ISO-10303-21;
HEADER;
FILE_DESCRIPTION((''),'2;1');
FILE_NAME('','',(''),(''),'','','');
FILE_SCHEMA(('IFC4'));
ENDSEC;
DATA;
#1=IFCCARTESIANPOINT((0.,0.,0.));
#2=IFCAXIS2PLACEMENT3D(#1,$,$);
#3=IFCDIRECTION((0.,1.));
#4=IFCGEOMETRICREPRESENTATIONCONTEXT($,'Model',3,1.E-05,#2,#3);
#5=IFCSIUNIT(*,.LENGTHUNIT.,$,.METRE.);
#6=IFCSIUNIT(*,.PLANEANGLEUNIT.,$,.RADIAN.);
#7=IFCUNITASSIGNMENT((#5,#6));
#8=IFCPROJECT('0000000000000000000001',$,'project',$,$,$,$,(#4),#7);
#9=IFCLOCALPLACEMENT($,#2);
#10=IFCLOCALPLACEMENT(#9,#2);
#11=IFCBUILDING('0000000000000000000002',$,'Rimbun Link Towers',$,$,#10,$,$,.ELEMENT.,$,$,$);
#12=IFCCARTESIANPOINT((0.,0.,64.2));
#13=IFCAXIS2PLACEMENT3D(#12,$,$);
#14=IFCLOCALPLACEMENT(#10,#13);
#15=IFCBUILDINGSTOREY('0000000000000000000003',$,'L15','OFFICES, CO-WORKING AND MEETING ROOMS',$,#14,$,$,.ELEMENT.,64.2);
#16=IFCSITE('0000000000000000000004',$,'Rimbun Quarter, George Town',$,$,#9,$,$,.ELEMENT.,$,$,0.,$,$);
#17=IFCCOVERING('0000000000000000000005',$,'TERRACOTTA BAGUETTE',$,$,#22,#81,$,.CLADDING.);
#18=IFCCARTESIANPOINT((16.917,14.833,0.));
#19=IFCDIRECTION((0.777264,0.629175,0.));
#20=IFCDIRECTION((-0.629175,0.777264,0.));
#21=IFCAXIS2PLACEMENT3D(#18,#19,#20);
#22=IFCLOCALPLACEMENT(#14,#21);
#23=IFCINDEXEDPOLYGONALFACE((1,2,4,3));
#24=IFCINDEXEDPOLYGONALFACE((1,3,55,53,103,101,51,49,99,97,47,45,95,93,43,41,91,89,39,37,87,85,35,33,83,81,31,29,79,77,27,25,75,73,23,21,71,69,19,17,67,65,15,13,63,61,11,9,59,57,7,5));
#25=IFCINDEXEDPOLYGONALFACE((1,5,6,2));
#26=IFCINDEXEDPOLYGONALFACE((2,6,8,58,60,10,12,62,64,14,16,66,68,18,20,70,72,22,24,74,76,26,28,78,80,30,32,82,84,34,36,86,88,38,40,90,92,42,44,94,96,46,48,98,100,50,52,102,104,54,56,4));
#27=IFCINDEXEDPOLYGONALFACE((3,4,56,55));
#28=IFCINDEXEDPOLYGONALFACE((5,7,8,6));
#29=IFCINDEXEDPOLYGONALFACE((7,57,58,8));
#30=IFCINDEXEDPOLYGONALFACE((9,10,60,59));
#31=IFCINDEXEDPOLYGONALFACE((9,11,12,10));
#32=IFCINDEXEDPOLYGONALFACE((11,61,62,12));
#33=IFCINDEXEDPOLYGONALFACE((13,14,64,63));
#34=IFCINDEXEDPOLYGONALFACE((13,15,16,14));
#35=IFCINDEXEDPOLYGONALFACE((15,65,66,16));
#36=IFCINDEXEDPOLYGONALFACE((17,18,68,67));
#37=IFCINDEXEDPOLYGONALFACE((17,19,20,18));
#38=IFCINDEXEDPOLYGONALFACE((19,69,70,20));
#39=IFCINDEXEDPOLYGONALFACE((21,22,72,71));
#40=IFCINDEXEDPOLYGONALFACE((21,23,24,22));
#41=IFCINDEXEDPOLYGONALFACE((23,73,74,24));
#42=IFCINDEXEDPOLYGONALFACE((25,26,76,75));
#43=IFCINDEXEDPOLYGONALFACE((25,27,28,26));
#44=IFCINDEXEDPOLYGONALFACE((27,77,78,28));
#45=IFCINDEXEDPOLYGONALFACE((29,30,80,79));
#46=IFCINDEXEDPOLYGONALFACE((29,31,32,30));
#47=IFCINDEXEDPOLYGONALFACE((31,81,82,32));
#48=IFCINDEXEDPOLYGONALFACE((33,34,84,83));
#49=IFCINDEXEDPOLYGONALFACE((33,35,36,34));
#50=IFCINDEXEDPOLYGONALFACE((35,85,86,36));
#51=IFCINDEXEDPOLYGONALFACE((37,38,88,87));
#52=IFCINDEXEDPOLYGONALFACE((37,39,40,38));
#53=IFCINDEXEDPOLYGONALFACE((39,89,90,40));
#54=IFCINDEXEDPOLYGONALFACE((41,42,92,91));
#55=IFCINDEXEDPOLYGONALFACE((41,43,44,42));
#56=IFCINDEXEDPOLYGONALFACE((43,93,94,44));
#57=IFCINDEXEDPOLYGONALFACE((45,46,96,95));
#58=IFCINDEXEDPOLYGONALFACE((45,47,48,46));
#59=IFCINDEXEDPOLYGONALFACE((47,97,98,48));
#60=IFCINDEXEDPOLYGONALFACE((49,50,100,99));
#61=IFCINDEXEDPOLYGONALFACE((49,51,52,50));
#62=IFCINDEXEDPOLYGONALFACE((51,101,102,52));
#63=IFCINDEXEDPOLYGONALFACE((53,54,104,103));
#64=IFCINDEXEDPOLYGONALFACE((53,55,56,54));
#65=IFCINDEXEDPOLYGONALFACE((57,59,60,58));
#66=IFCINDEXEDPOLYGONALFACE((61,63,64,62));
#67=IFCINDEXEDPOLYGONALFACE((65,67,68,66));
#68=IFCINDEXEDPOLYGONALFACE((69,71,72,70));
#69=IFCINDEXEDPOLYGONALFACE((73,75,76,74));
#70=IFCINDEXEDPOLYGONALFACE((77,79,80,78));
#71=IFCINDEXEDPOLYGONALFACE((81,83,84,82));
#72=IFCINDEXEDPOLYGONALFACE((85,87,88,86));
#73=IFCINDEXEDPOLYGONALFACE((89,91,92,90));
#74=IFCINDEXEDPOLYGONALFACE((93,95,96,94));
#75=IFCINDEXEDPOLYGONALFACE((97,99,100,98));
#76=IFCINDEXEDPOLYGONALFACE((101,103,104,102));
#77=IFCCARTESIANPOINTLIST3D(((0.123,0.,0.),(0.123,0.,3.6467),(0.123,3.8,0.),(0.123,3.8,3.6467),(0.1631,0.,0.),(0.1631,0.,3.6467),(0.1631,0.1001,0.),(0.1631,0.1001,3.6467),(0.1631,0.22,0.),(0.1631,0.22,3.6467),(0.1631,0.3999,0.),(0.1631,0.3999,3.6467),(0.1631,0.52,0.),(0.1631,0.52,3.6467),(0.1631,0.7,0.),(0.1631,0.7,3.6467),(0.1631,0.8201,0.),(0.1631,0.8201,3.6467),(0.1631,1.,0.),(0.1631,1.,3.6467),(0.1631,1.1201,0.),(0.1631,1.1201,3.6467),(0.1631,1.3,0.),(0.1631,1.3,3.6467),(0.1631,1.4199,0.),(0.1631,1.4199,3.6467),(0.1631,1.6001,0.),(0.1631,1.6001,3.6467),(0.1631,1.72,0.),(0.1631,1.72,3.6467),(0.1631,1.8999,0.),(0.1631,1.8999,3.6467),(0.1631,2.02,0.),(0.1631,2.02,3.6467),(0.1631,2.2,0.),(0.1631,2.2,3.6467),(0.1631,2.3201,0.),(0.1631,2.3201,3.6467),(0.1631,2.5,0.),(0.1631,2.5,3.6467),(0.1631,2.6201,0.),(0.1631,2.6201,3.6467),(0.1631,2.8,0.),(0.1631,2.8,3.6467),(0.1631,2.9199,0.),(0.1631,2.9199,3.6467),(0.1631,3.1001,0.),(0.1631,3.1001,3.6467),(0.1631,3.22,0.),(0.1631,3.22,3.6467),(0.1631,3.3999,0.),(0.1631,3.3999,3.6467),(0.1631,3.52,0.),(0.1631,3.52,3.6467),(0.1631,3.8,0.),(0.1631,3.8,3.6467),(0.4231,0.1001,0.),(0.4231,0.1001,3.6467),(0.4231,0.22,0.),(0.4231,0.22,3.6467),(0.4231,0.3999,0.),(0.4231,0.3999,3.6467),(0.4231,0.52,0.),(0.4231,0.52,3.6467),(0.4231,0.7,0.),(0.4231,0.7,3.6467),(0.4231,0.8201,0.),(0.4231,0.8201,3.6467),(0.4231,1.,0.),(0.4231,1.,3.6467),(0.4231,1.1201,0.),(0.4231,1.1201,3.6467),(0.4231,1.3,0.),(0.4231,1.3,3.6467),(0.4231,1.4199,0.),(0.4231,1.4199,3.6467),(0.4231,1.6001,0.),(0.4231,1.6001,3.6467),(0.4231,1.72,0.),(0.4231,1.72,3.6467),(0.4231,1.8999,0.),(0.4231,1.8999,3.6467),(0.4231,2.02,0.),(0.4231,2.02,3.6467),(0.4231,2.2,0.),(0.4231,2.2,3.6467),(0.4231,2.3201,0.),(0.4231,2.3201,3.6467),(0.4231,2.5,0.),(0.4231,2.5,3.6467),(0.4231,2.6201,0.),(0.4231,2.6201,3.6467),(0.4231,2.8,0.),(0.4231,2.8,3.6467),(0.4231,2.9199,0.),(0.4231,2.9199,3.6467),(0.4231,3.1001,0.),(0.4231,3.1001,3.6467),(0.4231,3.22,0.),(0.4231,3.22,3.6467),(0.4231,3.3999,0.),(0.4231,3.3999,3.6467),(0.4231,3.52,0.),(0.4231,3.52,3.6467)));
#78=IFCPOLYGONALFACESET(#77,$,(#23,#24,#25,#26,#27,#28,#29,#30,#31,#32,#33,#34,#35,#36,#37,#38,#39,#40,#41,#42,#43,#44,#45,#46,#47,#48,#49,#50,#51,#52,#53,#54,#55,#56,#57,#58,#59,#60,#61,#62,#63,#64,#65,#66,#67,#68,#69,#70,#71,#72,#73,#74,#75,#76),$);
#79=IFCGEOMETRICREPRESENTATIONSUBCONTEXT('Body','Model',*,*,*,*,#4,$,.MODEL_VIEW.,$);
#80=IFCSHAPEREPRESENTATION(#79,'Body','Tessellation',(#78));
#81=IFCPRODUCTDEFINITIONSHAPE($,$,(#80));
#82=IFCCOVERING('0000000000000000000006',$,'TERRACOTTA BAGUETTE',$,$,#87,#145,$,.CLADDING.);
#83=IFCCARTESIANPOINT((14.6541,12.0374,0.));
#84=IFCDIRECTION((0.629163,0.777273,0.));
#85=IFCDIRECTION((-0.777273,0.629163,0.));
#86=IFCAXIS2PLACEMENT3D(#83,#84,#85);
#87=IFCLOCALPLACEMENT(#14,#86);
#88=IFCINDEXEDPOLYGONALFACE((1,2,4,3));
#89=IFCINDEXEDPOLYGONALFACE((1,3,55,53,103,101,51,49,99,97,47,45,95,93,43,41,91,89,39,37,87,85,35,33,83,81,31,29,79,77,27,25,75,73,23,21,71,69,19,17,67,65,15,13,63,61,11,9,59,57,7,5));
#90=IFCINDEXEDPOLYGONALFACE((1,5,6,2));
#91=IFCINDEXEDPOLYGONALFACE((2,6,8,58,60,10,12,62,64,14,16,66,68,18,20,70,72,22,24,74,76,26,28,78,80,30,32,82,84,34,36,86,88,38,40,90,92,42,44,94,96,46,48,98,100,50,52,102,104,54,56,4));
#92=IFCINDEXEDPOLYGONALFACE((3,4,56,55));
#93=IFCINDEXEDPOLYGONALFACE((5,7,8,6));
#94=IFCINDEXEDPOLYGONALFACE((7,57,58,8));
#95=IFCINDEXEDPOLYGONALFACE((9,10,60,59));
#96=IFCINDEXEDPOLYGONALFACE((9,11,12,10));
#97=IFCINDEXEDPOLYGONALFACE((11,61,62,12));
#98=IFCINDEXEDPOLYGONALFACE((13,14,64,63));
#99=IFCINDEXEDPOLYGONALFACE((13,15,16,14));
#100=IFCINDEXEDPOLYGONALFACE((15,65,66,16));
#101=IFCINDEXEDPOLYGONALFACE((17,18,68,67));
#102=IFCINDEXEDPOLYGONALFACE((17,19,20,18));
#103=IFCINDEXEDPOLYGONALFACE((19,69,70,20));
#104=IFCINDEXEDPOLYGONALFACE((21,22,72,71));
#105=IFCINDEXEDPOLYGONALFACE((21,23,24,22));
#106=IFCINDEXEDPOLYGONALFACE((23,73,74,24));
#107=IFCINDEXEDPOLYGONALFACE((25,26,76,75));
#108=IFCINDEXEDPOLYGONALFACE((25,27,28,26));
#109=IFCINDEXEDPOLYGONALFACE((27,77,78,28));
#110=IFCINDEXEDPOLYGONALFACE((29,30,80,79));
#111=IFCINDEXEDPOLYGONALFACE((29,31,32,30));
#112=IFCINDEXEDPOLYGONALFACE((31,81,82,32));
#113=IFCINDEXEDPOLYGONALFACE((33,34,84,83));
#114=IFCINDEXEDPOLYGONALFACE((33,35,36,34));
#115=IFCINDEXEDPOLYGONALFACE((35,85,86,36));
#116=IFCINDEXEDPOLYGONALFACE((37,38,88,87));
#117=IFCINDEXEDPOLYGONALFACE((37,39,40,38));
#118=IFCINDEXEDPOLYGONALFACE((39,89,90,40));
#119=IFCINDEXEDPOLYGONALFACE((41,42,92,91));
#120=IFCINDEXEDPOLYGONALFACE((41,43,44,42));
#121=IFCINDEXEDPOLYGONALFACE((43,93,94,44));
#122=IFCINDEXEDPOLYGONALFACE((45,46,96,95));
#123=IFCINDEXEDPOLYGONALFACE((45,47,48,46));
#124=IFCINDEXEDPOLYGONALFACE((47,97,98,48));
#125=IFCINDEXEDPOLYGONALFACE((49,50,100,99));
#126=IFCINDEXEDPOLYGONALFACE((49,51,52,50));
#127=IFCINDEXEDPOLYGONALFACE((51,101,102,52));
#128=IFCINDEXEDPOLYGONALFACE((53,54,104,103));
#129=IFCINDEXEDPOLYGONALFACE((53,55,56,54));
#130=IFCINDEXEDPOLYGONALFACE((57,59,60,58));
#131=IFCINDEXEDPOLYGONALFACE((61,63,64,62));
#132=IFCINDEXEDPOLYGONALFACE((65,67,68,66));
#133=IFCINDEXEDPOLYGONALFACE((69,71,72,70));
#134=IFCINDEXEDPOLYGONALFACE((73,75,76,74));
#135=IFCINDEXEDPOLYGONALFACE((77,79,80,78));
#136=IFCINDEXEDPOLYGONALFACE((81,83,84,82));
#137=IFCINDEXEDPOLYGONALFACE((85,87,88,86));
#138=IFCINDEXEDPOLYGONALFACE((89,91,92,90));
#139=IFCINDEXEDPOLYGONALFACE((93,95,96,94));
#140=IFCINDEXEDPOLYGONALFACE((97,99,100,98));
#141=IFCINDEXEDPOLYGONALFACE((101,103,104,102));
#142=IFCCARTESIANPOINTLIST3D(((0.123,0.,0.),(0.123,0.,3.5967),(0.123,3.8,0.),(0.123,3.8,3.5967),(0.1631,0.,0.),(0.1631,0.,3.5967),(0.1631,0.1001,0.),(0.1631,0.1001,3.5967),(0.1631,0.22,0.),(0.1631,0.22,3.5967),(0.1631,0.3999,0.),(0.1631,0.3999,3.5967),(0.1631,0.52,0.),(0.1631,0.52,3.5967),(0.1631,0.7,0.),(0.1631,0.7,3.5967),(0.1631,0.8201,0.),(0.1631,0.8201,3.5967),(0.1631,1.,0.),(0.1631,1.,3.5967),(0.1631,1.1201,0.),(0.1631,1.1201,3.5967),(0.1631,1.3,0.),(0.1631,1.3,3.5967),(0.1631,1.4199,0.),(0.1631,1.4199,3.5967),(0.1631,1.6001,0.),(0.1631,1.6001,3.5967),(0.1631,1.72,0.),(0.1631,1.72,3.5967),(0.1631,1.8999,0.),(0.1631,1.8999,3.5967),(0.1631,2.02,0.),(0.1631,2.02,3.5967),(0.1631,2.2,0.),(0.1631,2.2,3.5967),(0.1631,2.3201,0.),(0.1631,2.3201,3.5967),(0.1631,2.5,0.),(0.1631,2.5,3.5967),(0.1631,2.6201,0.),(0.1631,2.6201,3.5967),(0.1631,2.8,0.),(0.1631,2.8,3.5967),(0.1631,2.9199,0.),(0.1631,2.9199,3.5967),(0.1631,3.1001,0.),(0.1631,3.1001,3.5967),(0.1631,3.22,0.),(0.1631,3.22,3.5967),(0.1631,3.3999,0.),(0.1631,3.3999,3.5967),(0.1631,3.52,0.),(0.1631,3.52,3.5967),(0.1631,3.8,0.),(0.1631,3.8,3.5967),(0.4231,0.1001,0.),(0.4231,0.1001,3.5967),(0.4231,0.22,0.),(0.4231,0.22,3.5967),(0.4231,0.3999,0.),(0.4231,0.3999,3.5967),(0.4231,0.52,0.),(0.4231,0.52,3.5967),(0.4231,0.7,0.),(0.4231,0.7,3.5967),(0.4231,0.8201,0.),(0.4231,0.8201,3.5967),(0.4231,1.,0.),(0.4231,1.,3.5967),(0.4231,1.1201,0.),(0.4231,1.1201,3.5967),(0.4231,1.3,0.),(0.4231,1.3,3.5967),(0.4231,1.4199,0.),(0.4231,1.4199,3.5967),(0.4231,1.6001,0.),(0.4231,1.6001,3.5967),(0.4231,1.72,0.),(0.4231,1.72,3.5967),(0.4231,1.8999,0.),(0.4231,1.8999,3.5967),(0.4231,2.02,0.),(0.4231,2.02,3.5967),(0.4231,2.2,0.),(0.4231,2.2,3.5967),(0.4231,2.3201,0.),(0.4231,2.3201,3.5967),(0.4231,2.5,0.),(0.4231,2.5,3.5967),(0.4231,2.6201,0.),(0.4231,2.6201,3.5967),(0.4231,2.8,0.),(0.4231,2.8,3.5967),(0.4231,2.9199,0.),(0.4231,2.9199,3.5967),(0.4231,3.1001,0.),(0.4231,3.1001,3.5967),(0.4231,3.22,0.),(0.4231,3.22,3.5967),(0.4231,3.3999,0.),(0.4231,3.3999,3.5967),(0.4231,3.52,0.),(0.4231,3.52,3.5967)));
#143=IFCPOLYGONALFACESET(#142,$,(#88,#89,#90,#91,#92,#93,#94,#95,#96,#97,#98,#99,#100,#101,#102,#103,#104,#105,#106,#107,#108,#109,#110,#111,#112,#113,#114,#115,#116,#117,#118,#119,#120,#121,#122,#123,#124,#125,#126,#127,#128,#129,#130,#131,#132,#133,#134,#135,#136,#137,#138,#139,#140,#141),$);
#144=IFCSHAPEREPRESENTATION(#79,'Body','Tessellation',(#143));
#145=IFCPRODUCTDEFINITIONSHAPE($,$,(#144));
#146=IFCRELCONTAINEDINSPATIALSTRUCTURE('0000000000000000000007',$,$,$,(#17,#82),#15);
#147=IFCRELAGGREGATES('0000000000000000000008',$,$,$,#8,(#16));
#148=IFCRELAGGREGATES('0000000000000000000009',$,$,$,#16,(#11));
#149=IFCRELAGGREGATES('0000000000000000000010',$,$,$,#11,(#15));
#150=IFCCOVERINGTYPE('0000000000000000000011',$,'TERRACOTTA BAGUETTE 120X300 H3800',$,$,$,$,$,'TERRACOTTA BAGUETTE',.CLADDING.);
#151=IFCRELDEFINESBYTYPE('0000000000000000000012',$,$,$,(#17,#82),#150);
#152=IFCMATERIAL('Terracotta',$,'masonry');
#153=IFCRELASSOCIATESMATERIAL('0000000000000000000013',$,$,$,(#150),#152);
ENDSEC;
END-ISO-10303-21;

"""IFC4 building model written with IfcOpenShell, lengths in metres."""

from ifc_helpers import new_model, si_unit, direction, frame, origin, place, context, subcontext, project, spatial, polyline, outline, extrude, material, material_profile, profile_set, type_object, element, save


model = new_model("IFC4")

# Units and contexts
model_context = context("Model", 3, precision=1e-05, world=origin(), true_north=direction((0.0, 1.0)))
body_context = subcontext(model_context, "Body", "Model", "MODEL_VIEW")
ifc_project = project(units=[si_unit("LENGTHUNIT", "METRE"), si_unit("PLANEANGLEUNIT", "RADIAN")], contexts=[model_context])

# Site, building, storey
site_placement = place(None, origin())
site = spatial("IfcSite", under=ifc_project, at=site_placement, Name="Rimbun Quarter, George Town", CompositionType="ELEMENT", RefElevation=0.0)
building_placement = place(site_placement, origin())
building = spatial("IfcBuilding", under=site, at=building_placement, Name="Rimbun Link Towers", CompositionType="ELEMENT")
storey_placement = place(building_placement, frame((0.0, 0.0, 64.2)))
storey = spatial("IfcBuildingStorey", under=building, at=storey_placement, Name="L15", Description="OFFICES, CO-WORKING AND MEETING ROOMS", CompositionType="ELEMENT", Elevation=64.2)

# Coverings
ifc_material_1 = material(Name="Terracotta", Category="masonry")
ifc_material_profile_1 = material_profile(ifc_material_1, outline(polyline([(0.123, 0.0), (0.1631, 0.0), (0.1631, 0.1001), (0.4231, 0.1001), (0.4231, 0.22), (0.1631, 0.22), (0.1631, 0.3999), (0.4231, 0.3999), (0.4231, 0.52), (0.1631, 0.52), (0.1631, 0.7), (0.4231, 0.7), (0.4231, 0.8201), (0.1631, 0.8201), (0.1631, 1.0), (0.4231, 1.0), (0.4231, 1.1201), (0.1631, 1.1201), (0.1631, 1.3), (0.4231, 1.3), (0.4231, 1.4199), (0.1631, 1.4199), (0.1631, 1.6001), (0.4231, 1.6001), (0.4231, 1.72), (0.1631, 1.72), (0.1631, 1.8999), (0.4231, 1.8999), (0.4231, 2.02), (0.1631, 2.02), (0.1631, 2.2), (0.4231, 2.2), (0.4231, 2.3201), (0.1631, 2.3201), (0.1631, 2.5), (0.4231, 2.5), (0.4231, 2.6201), (0.1631, 2.6201), (0.1631, 2.8), (0.4231, 2.8), (0.4231, 2.9199), (0.1631, 2.9199), (0.1631, 3.1001), (0.4231, 3.1001), (0.4231, 3.22), (0.1631, 3.22), (0.1631, 3.3999), (0.4231, 3.3999), (0.4231, 3.52), (0.1631, 3.52), (0.1631, 3.8), (0.123, 3.8), (0.123, 0.0)])), Name="BAGUETTE 120X300")
ifc_profile_set_1 = profile_set([ifc_material_profile_1], Name="Terracotta")
covering_type = type_object("IfcCoveringType", Name="TERRACOTTA BAGUETTE 120X300 H3800", ElementType="TERRACOTTA BAGUETTE", PredefinedType="CLADDING", material=ifc_profile_set_1)
covering_1_placement = place(storey_placement, frame((16.917, 14.833, 0.0), z_axis=(0.777264, 0.629175, 0.0), x_axis=(-0.629175, 0.777264, 0.0)))
element("IfcCovering", 1, at=covering_1_placement, inside=storey, type_object=covering_type, Name="TERRACOTTA BAGUETTE", PredefinedType="CLADDING", context=body_context, shape_type="SweptSolid", body=[
    extrude(outline(polyline([(0.123, 0.0), (0.1631, 0.0), (0.1631, 0.1001), (0.4231, 0.1001), (0.4231, 0.22), (0.1631, 0.22), (0.1631, 0.3999), (0.4231, 0.3999), (0.4231, 0.52), (0.1631, 0.52), (0.1631, 0.7), (0.4231, 0.7), (0.4231, 0.8201), (0.1631, 0.8201), (0.1631, 1.0), (0.4231, 1.0), (0.4231, 1.1201), (0.1631, 1.1201), (0.1631, 1.3), (0.4231, 1.3), (0.4231, 1.4199), (0.1631, 1.4199), (0.1631, 1.6001), (0.4231, 1.6001), (0.4231, 1.72), (0.1631, 1.72), (0.1631, 1.8999), (0.4231, 1.8999), (0.4231, 2.02), (0.1631, 2.02), (0.1631, 2.2), (0.4231, 2.2), (0.4231, 2.3201), (0.1631, 2.3201), (0.1631, 2.5), (0.4231, 2.5), (0.4231, 2.6201), (0.1631, 2.6201), (0.1631, 2.8), (0.4231, 2.8), (0.4231, 2.9199), (0.1631, 2.9199), (0.1631, 3.1001), (0.4231, 3.1001), (0.4231, 3.22), (0.1631, 3.22), (0.1631, 3.3999), (0.4231, 3.3999), (0.4231, 3.52), (0.1631, 3.52), (0.1631, 3.8), (0.123, 3.8), (0.123, 0.0)])), origin(), (0.0, 0.0, 1.0), 3.6467),
])
covering_2_placement = place(storey_placement, frame((14.6541, 12.0374, 0.0), z_axis=(0.629163, 0.777273, 0.0), x_axis=(-0.777273, 0.629163, 0.0)))
element("IfcCovering", 2, at=covering_2_placement, inside=storey, type_object=covering_type, Name="TERRACOTTA BAGUETTE", PredefinedType="CLADDING", context=body_context, shape_type="SweptSolid", body=[
    extrude(outline(polyline([(0.123, 0.0), (0.1631, 0.0), (0.1631, 0.1001), (0.4231, 0.1001), (0.4231, 0.22), (0.1631, 0.22), (0.1631, 0.3999), (0.4231, 0.3999), (0.4231, 0.52), (0.1631, 0.52), (0.1631, 0.7), (0.4231, 0.7), (0.4231, 0.8201), (0.1631, 0.8201), (0.1631, 1.0), (0.4231, 1.0), (0.4231, 1.1201), (0.1631, 1.1201), (0.1631, 1.3), (0.4231, 1.3), (0.4231, 1.4199), (0.1631, 1.4199), (0.1631, 1.6001), (0.4231, 1.6001), (0.4231, 1.72), (0.1631, 1.72), (0.1631, 1.8999), (0.4231, 1.8999), (0.4231, 2.02), (0.1631, 2.02), (0.1631, 2.2), (0.4231, 2.2), (0.4231, 2.3201), (0.1631, 2.3201), (0.1631, 2.5), (0.4231, 2.5), (0.4231, 2.6201), (0.1631, 2.6201), (0.1631, 2.8), (0.4231, 2.8), (0.4231, 2.9199), (0.1631, 2.9199), (0.1631, 3.1001), (0.4231, 3.1001), (0.4231, 3.22), (0.1631, 3.22), (0.1631, 3.3999), (0.4231, 3.3999), (0.4231, 3.52), (0.1631, 3.52), (0.1631, 3.8), (0.123, 3.8), (0.123, 0.0)])), origin(), (0.0, 0.0, 1.0), 3.5967),
])

save(model, "model.ifc")
